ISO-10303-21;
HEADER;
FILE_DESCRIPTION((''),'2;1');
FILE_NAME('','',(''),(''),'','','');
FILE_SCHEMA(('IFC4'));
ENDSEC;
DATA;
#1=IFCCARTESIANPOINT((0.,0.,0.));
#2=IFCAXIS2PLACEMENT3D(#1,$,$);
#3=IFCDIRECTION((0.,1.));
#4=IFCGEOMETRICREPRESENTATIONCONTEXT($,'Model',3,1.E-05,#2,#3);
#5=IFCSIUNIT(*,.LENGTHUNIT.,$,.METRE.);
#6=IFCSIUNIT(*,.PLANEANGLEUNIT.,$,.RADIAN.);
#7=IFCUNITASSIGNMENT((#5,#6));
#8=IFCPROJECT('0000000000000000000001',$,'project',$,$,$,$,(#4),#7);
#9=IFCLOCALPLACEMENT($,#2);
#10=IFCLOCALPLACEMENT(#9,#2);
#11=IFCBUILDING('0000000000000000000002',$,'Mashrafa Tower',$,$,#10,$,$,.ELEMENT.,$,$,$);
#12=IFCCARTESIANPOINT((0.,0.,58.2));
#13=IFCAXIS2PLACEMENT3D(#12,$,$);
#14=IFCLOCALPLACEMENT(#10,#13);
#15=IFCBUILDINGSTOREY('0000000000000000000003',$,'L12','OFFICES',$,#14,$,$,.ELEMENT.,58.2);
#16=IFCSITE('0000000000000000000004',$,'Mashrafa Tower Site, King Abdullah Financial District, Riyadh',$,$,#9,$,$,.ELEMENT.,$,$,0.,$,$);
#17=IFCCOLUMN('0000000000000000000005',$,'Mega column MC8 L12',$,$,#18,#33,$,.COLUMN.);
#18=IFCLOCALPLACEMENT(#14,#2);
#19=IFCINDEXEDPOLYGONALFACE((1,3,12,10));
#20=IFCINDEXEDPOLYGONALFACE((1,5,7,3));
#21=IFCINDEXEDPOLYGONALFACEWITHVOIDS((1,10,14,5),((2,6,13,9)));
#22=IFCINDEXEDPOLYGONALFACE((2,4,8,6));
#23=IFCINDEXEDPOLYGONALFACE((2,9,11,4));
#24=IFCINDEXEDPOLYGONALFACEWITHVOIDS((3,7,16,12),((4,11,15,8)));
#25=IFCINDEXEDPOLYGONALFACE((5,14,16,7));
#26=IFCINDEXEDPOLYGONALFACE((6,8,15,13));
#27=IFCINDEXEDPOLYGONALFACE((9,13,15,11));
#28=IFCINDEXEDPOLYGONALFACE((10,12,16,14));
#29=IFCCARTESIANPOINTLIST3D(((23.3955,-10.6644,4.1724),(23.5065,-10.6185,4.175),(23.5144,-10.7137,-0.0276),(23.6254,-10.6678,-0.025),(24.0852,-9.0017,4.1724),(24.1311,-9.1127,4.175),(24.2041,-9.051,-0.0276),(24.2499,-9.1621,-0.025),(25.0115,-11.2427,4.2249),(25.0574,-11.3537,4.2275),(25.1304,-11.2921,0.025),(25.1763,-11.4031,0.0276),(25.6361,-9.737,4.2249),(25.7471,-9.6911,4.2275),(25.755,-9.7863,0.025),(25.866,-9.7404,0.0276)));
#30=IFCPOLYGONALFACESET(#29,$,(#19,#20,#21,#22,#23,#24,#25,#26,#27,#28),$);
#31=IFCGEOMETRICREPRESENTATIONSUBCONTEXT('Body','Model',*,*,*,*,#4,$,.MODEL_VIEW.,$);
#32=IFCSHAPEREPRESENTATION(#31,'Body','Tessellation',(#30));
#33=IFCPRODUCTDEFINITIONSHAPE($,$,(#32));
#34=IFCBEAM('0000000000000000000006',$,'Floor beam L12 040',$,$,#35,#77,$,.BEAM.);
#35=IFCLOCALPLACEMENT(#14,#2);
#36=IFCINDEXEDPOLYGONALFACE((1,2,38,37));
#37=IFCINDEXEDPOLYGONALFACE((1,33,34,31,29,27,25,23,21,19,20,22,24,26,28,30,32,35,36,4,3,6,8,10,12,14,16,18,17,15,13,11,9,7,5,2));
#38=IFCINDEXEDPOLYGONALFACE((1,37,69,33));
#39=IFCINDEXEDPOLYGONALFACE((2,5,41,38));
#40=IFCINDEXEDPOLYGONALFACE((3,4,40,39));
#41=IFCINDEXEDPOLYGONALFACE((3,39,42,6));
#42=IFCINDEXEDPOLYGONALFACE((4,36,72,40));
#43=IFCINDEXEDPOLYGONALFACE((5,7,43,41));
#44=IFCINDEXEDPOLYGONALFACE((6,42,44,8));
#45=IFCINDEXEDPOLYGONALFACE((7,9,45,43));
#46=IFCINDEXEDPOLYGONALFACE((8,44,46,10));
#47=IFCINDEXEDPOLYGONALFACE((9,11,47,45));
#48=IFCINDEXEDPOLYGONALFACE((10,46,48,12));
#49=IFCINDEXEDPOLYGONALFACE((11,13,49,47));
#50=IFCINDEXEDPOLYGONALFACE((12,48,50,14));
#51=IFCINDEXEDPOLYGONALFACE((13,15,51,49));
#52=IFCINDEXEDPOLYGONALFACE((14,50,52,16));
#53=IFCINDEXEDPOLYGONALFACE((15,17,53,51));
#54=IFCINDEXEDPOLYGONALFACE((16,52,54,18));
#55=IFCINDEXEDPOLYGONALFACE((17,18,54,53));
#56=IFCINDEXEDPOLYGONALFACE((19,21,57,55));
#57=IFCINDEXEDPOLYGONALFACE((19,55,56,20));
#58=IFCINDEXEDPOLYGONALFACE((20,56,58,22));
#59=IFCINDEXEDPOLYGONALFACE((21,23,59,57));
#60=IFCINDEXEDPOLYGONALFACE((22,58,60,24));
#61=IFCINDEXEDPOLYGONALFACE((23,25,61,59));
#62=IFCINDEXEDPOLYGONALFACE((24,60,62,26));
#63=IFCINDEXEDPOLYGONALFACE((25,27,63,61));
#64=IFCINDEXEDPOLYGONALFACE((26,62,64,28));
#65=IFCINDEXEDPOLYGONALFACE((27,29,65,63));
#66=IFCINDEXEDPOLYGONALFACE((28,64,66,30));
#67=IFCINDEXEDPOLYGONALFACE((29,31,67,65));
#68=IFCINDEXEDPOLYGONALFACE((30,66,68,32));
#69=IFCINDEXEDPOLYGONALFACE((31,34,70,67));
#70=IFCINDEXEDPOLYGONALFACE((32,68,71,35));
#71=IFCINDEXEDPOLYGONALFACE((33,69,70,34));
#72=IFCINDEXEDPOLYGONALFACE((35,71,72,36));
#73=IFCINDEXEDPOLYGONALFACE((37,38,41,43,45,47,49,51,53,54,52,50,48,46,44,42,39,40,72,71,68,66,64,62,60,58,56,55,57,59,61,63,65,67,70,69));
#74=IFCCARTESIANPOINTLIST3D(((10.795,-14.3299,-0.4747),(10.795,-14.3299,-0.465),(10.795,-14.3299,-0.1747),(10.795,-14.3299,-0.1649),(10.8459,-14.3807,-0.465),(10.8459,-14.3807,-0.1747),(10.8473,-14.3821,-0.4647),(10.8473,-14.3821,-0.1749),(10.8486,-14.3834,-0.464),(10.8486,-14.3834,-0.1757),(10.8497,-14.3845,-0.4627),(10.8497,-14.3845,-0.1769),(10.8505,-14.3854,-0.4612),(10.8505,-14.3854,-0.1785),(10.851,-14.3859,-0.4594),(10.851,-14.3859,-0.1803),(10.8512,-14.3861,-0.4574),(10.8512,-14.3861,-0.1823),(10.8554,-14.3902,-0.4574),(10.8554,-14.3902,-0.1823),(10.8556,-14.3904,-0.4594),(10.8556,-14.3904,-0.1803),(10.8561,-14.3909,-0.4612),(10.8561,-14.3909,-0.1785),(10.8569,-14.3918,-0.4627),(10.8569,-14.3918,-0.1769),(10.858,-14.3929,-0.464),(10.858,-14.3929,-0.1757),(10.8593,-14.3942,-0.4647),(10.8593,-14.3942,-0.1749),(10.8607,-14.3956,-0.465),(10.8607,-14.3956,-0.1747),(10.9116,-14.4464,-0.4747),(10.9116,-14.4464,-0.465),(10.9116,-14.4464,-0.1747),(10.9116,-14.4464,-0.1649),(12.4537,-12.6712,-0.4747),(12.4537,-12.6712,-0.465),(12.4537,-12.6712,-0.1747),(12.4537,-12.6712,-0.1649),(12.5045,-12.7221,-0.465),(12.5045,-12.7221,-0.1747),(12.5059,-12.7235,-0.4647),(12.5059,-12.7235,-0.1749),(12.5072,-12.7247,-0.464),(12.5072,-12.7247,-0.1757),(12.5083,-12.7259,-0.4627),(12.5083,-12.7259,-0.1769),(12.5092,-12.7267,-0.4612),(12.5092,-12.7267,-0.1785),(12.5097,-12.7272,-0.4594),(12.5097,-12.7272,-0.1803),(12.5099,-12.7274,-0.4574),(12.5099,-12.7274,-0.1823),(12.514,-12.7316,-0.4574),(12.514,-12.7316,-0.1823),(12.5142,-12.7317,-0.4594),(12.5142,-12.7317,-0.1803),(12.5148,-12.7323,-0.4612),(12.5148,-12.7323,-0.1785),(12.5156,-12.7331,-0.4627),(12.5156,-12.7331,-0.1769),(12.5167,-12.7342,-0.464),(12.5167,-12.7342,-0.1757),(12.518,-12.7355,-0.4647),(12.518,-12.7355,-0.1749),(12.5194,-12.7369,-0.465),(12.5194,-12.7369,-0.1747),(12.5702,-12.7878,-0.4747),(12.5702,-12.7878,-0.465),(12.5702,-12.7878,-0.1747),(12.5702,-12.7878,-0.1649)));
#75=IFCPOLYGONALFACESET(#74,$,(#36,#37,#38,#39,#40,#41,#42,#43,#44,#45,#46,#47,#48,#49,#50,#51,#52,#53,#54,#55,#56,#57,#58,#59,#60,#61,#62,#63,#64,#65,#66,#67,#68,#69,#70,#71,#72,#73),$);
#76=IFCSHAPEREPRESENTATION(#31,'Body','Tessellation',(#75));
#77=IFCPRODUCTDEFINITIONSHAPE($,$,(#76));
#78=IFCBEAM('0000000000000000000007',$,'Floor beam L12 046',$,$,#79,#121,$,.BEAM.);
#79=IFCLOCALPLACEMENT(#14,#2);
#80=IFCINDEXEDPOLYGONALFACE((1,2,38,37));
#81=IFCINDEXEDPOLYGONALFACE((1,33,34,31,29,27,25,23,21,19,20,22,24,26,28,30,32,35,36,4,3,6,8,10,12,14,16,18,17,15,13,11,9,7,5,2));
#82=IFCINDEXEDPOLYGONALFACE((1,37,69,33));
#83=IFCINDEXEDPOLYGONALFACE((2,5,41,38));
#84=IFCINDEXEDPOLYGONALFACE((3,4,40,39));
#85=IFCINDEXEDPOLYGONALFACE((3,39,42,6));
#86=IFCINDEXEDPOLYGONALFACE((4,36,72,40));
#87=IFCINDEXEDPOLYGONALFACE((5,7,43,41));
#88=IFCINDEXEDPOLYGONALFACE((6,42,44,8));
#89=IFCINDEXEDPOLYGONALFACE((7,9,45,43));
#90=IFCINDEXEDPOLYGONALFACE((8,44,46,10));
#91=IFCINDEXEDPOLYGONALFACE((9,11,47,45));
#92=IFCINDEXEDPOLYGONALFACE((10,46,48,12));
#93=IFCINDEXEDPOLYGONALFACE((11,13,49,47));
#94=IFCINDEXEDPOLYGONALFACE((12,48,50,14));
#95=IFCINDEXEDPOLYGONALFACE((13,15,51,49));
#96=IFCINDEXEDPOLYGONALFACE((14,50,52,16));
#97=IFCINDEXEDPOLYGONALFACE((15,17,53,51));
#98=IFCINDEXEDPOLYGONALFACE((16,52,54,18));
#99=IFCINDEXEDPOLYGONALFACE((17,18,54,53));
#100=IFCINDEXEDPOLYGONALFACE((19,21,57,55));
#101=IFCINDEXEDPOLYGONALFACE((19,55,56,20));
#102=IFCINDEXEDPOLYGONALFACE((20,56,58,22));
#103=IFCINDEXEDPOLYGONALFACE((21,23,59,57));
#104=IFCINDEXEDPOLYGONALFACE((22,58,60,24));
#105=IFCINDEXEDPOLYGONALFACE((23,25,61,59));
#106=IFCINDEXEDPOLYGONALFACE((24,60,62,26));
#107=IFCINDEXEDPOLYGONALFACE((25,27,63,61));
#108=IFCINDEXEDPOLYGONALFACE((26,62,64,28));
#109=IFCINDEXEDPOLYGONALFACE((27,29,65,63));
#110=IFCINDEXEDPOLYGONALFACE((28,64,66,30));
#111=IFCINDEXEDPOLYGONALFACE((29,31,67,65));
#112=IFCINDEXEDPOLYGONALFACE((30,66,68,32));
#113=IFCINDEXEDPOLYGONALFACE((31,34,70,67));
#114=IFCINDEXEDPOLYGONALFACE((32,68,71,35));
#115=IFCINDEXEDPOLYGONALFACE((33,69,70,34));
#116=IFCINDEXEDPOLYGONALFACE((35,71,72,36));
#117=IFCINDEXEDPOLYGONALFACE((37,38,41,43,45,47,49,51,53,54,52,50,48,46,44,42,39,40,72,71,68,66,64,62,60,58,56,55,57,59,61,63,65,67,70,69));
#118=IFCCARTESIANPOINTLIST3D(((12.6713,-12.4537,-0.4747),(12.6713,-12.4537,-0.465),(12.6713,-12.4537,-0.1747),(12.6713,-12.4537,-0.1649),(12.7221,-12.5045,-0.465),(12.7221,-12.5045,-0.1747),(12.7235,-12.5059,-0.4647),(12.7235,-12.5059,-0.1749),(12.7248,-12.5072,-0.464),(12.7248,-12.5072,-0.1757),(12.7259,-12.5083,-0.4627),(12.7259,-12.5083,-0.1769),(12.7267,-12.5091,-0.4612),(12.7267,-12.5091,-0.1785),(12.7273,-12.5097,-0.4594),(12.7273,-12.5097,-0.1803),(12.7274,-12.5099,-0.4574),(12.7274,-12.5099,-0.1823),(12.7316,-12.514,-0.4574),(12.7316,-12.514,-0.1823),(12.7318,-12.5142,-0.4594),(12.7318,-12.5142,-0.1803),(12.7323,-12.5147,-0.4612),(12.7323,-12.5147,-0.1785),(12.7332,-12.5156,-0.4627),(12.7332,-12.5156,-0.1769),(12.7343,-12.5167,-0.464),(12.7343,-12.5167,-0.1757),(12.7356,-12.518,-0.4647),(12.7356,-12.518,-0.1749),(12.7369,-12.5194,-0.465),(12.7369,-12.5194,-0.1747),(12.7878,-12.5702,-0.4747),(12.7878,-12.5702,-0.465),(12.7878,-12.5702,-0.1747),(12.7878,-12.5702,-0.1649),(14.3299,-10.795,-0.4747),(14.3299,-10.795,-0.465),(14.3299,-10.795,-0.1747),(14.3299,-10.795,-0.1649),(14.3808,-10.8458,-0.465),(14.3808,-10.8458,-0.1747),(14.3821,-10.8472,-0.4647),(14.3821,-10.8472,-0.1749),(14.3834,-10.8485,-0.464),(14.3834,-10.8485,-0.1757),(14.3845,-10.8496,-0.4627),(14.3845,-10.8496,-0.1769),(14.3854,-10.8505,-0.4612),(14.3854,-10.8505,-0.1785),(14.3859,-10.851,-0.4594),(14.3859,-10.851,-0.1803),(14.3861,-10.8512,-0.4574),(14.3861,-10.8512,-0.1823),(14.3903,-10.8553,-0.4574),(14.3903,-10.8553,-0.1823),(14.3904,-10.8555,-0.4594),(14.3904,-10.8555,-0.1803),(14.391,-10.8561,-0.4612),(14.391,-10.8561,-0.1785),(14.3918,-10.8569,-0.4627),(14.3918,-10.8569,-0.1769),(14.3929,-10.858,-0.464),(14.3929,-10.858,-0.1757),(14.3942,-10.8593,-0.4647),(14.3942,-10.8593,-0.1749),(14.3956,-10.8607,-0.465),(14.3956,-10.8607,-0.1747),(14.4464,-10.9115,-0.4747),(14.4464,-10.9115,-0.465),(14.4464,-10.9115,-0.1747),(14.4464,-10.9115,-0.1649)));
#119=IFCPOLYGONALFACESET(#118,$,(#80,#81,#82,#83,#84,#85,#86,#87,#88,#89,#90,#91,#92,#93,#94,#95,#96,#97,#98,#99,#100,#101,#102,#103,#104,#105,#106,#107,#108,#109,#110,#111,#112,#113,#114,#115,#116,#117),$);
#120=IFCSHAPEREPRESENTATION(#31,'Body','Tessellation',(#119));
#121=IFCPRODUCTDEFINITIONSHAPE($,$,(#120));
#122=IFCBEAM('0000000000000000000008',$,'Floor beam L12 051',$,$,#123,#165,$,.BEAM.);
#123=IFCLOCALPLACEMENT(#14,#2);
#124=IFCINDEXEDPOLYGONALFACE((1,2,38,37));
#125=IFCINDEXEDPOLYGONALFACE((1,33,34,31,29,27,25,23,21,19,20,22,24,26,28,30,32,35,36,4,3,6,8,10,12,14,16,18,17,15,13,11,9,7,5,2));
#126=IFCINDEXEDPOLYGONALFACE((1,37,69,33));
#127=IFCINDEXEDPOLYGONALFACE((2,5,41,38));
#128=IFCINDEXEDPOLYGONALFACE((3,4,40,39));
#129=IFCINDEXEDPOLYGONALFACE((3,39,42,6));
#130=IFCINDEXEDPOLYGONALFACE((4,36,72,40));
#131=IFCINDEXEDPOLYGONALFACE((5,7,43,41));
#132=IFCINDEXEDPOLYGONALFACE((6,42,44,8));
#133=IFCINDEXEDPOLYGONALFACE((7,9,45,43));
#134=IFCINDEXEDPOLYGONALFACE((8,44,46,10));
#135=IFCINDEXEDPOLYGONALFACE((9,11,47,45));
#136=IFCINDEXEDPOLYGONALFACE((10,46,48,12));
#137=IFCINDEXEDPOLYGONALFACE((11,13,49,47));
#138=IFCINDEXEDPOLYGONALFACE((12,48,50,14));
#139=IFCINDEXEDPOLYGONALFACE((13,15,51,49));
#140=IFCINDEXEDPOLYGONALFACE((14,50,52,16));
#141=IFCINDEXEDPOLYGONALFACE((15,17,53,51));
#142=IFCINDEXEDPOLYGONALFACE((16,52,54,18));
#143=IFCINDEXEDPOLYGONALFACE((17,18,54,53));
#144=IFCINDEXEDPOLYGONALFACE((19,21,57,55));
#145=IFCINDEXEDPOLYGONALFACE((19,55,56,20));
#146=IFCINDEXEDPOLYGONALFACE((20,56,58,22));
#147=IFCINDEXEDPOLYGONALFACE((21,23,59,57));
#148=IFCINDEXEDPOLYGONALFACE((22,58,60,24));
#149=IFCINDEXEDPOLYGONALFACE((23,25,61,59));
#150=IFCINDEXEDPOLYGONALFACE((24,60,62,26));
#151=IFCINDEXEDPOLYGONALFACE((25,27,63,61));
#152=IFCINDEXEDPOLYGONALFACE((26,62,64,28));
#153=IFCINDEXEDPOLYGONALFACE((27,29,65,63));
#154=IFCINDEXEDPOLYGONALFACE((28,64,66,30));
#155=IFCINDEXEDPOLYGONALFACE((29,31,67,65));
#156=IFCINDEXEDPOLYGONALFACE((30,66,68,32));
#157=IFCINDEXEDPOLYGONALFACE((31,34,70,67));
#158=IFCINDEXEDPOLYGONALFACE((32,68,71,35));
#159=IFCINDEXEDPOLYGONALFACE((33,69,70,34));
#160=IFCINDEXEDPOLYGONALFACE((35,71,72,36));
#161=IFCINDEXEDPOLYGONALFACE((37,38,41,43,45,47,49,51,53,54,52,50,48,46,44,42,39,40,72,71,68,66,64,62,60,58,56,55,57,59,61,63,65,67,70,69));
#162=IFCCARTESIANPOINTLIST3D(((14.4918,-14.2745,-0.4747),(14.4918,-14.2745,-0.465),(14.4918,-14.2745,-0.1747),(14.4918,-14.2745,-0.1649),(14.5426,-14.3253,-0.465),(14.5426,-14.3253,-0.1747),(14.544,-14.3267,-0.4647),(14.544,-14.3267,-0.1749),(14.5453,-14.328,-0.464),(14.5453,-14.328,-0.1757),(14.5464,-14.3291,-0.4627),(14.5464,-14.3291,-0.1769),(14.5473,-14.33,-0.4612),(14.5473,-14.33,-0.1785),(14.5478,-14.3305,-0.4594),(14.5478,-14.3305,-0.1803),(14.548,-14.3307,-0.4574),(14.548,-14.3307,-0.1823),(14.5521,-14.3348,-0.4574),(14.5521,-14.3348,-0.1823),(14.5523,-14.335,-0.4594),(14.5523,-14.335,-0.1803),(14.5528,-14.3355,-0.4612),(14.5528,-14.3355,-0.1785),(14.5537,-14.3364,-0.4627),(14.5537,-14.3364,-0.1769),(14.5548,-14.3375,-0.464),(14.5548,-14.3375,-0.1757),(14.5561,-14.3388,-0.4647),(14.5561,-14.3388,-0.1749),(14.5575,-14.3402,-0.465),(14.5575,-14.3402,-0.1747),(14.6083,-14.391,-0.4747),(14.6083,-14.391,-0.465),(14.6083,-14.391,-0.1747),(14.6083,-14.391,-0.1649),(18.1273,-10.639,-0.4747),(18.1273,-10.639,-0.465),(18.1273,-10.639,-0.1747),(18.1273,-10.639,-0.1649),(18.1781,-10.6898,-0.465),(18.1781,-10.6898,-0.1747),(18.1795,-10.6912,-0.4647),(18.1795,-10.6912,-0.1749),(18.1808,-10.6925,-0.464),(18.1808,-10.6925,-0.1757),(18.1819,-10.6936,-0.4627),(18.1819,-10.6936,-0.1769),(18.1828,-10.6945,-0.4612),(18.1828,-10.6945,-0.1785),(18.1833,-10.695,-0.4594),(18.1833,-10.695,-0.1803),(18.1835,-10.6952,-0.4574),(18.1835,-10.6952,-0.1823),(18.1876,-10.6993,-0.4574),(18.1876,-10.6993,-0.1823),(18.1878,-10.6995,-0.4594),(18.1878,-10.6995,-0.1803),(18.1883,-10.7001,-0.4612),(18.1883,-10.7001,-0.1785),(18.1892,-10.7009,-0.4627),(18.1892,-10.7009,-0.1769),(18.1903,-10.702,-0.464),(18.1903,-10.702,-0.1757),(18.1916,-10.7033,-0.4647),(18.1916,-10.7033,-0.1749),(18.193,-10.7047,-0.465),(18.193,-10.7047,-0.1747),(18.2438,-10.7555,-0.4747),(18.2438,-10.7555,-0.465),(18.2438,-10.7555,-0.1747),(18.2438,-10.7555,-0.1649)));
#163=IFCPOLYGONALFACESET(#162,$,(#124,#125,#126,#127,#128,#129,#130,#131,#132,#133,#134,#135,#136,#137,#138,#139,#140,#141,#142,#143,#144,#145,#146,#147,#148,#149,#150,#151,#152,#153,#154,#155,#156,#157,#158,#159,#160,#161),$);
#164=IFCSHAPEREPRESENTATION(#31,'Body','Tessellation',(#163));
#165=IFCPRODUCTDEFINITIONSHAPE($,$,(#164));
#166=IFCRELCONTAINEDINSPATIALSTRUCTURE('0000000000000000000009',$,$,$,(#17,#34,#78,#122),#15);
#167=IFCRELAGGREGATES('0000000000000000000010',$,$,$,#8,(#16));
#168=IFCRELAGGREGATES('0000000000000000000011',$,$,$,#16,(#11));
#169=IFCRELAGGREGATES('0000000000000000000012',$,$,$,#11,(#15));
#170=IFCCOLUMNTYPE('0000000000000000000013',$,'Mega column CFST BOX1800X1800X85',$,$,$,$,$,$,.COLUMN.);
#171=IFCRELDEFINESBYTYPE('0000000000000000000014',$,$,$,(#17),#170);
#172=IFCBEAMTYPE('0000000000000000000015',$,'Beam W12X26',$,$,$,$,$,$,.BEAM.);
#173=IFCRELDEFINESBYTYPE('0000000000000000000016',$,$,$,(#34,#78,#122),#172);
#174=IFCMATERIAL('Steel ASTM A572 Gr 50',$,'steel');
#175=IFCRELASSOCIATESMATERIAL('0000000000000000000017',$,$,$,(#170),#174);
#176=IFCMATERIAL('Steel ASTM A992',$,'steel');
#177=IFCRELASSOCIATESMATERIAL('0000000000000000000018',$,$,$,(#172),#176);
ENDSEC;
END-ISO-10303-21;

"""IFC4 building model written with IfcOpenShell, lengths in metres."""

from ifc_helpers import new_model, si_unit, direction, frame, origin, origin_2d, place, context, subcontext, project, spatial, hollow_rectangle, i_section, extrude, material, material_profile, profile_set, type_object, element, save


model = new_model("IFC4")

# Units and contexts
model_context = context("Model", 3, precision=1e-05, world=origin(), true_north=direction((0.0, 1.0)))
body_context = subcontext(model_context, "Body", "Model", "MODEL_VIEW")
ifc_project = project(units=[si_unit("LENGTHUNIT", "METRE"), si_unit("PLANEANGLEUNIT", "RADIAN")], contexts=[model_context])

# Site, building, storey
site_placement = place(None, origin())
site = spatial("IfcSite", under=ifc_project, at=site_placement, Name="Mashrafa Tower Site, King Abdullah Financial District, Riyadh", CompositionType="ELEMENT", RefElevation=0.0)
building_placement = place(site_placement, origin())
building = spatial("IfcBuilding", under=site, at=building_placement, Name="Mashrafa Tower", CompositionType="ELEMENT")
storey_placement = place(building_placement, frame((0.0, 0.0, 58.2)))
storey = spatial("IfcBuildingStorey", under=building, at=storey_placement, Name="L12", Description="OFFICES", CompositionType="ELEMENT", Elevation=58.2)

# Column
ifc_material_1 = material(Name="Steel ASTM A572 Gr 50", Category="steel")
ifc_material_profile_1 = material_profile(ifc_material_1, hollow_rectangle(XDim=1.8, YDim=1.8, WallThickness=0.085, at=origin_2d()), Name="BOX1800X1800X85")
ifc_profile_set_1 = profile_set([ifc_material_profile_1], Name="Steel ASTM A572 Gr 50")
column_type = type_object("IfcColumnType", Name="Mega column CFST BOX1800X1800X85", PredefinedType="COLUMN", material=ifc_profile_set_1)
column_placement = place(storey_placement, frame((24.6902, -10.2271, 0.0), z_axis=(-0.028296, 0.011737, 0.999531), x_axis=(-0.383133, -0.923693, 0.0)))
element("IfcColumn", 1, at=column_placement, inside=storey, type_object=column_type, Name="Mega column MC8 L12", PredefinedType="COLUMN", context=body_context, shape_type="SweptSolid", body=[
    extrude(hollow_rectangle(XDim=1.8, YDim=1.8, WallThickness=0.085, at=origin_2d()), origin(), (0.0, 0.0, 1.0), 4.2019),
])

# Beams
ifc_material_2 = material(Name="Steel ASTM A992", Category="steel")
ifc_material_profile_2 = material_profile(ifc_material_2, i_section(OverallWidth=0.1648, OverallDepth=0.3098, WebThickness=0.0059, FlangeThickness=0.0098, FilletRadius=0.0076, at=origin_2d()), Name="W12X26")
ifc_profile_set_2 = profile_set([ifc_material_profile_2], Name="Steel ASTM A992")
beam_type_1 = type_object("IfcBeamType", Name="Beam W12X26", PredefinedType="BEAM", material=ifc_profile_set_2)
for number, where, z_axis, x_axis, name in (
    (2, (12.512, -12.7295, -0.3198), (-0.707107, -0.707107, 0.0), (0.707107, -0.707107, 0.0), "Floor beam L12 040"),
    (3, (14.3882, -10.8533, -0.3198), (-0.707107, -0.707107, 0.0), (0.707107, -0.707107, 0.0), "Floor beam L12 046"),
):
    element("IfcBeam", number, at=place(storey_placement, frame(where, z_axis=z_axis, x_axis=x_axis)), inside=storey, type_object=beam_type_1, Name=name, PredefinedType="BEAM", context=body_context, shape_type="SweptSolid", body=[
        extrude(i_section(OverallWidth=0.1648, OverallDepth=0.3098, WebThickness=0.0059, FlangeThickness=0.0098, FilletRadius=0.0076, at=origin_2d()), origin(), (0.0, 0.0, 1.0), 2.3457),
    ])
beam_1_placement = place(storey_placement, frame((18.1855, -10.6973, -0.3198), z_axis=(-0.707107, -0.707107, 0.0), x_axis=(0.707107, -0.707107, 0.0)))
element("IfcBeam", 4, at=beam_1_placement, inside=storey, type_object=beam_type_1, Name="Floor beam L12 051", PredefinedType="BEAM", context=body_context, shape_type="SweptSolid", body=[
    extrude(i_section(OverallWidth=0.1648, OverallDepth=0.3098, WebThickness=0.0059, FlangeThickness=0.0098, FilletRadius=0.0076, at=origin_2d()), origin(), (0.0, 0.0, 1.0), 5.1414),
])

save(model, "model.ifc")
